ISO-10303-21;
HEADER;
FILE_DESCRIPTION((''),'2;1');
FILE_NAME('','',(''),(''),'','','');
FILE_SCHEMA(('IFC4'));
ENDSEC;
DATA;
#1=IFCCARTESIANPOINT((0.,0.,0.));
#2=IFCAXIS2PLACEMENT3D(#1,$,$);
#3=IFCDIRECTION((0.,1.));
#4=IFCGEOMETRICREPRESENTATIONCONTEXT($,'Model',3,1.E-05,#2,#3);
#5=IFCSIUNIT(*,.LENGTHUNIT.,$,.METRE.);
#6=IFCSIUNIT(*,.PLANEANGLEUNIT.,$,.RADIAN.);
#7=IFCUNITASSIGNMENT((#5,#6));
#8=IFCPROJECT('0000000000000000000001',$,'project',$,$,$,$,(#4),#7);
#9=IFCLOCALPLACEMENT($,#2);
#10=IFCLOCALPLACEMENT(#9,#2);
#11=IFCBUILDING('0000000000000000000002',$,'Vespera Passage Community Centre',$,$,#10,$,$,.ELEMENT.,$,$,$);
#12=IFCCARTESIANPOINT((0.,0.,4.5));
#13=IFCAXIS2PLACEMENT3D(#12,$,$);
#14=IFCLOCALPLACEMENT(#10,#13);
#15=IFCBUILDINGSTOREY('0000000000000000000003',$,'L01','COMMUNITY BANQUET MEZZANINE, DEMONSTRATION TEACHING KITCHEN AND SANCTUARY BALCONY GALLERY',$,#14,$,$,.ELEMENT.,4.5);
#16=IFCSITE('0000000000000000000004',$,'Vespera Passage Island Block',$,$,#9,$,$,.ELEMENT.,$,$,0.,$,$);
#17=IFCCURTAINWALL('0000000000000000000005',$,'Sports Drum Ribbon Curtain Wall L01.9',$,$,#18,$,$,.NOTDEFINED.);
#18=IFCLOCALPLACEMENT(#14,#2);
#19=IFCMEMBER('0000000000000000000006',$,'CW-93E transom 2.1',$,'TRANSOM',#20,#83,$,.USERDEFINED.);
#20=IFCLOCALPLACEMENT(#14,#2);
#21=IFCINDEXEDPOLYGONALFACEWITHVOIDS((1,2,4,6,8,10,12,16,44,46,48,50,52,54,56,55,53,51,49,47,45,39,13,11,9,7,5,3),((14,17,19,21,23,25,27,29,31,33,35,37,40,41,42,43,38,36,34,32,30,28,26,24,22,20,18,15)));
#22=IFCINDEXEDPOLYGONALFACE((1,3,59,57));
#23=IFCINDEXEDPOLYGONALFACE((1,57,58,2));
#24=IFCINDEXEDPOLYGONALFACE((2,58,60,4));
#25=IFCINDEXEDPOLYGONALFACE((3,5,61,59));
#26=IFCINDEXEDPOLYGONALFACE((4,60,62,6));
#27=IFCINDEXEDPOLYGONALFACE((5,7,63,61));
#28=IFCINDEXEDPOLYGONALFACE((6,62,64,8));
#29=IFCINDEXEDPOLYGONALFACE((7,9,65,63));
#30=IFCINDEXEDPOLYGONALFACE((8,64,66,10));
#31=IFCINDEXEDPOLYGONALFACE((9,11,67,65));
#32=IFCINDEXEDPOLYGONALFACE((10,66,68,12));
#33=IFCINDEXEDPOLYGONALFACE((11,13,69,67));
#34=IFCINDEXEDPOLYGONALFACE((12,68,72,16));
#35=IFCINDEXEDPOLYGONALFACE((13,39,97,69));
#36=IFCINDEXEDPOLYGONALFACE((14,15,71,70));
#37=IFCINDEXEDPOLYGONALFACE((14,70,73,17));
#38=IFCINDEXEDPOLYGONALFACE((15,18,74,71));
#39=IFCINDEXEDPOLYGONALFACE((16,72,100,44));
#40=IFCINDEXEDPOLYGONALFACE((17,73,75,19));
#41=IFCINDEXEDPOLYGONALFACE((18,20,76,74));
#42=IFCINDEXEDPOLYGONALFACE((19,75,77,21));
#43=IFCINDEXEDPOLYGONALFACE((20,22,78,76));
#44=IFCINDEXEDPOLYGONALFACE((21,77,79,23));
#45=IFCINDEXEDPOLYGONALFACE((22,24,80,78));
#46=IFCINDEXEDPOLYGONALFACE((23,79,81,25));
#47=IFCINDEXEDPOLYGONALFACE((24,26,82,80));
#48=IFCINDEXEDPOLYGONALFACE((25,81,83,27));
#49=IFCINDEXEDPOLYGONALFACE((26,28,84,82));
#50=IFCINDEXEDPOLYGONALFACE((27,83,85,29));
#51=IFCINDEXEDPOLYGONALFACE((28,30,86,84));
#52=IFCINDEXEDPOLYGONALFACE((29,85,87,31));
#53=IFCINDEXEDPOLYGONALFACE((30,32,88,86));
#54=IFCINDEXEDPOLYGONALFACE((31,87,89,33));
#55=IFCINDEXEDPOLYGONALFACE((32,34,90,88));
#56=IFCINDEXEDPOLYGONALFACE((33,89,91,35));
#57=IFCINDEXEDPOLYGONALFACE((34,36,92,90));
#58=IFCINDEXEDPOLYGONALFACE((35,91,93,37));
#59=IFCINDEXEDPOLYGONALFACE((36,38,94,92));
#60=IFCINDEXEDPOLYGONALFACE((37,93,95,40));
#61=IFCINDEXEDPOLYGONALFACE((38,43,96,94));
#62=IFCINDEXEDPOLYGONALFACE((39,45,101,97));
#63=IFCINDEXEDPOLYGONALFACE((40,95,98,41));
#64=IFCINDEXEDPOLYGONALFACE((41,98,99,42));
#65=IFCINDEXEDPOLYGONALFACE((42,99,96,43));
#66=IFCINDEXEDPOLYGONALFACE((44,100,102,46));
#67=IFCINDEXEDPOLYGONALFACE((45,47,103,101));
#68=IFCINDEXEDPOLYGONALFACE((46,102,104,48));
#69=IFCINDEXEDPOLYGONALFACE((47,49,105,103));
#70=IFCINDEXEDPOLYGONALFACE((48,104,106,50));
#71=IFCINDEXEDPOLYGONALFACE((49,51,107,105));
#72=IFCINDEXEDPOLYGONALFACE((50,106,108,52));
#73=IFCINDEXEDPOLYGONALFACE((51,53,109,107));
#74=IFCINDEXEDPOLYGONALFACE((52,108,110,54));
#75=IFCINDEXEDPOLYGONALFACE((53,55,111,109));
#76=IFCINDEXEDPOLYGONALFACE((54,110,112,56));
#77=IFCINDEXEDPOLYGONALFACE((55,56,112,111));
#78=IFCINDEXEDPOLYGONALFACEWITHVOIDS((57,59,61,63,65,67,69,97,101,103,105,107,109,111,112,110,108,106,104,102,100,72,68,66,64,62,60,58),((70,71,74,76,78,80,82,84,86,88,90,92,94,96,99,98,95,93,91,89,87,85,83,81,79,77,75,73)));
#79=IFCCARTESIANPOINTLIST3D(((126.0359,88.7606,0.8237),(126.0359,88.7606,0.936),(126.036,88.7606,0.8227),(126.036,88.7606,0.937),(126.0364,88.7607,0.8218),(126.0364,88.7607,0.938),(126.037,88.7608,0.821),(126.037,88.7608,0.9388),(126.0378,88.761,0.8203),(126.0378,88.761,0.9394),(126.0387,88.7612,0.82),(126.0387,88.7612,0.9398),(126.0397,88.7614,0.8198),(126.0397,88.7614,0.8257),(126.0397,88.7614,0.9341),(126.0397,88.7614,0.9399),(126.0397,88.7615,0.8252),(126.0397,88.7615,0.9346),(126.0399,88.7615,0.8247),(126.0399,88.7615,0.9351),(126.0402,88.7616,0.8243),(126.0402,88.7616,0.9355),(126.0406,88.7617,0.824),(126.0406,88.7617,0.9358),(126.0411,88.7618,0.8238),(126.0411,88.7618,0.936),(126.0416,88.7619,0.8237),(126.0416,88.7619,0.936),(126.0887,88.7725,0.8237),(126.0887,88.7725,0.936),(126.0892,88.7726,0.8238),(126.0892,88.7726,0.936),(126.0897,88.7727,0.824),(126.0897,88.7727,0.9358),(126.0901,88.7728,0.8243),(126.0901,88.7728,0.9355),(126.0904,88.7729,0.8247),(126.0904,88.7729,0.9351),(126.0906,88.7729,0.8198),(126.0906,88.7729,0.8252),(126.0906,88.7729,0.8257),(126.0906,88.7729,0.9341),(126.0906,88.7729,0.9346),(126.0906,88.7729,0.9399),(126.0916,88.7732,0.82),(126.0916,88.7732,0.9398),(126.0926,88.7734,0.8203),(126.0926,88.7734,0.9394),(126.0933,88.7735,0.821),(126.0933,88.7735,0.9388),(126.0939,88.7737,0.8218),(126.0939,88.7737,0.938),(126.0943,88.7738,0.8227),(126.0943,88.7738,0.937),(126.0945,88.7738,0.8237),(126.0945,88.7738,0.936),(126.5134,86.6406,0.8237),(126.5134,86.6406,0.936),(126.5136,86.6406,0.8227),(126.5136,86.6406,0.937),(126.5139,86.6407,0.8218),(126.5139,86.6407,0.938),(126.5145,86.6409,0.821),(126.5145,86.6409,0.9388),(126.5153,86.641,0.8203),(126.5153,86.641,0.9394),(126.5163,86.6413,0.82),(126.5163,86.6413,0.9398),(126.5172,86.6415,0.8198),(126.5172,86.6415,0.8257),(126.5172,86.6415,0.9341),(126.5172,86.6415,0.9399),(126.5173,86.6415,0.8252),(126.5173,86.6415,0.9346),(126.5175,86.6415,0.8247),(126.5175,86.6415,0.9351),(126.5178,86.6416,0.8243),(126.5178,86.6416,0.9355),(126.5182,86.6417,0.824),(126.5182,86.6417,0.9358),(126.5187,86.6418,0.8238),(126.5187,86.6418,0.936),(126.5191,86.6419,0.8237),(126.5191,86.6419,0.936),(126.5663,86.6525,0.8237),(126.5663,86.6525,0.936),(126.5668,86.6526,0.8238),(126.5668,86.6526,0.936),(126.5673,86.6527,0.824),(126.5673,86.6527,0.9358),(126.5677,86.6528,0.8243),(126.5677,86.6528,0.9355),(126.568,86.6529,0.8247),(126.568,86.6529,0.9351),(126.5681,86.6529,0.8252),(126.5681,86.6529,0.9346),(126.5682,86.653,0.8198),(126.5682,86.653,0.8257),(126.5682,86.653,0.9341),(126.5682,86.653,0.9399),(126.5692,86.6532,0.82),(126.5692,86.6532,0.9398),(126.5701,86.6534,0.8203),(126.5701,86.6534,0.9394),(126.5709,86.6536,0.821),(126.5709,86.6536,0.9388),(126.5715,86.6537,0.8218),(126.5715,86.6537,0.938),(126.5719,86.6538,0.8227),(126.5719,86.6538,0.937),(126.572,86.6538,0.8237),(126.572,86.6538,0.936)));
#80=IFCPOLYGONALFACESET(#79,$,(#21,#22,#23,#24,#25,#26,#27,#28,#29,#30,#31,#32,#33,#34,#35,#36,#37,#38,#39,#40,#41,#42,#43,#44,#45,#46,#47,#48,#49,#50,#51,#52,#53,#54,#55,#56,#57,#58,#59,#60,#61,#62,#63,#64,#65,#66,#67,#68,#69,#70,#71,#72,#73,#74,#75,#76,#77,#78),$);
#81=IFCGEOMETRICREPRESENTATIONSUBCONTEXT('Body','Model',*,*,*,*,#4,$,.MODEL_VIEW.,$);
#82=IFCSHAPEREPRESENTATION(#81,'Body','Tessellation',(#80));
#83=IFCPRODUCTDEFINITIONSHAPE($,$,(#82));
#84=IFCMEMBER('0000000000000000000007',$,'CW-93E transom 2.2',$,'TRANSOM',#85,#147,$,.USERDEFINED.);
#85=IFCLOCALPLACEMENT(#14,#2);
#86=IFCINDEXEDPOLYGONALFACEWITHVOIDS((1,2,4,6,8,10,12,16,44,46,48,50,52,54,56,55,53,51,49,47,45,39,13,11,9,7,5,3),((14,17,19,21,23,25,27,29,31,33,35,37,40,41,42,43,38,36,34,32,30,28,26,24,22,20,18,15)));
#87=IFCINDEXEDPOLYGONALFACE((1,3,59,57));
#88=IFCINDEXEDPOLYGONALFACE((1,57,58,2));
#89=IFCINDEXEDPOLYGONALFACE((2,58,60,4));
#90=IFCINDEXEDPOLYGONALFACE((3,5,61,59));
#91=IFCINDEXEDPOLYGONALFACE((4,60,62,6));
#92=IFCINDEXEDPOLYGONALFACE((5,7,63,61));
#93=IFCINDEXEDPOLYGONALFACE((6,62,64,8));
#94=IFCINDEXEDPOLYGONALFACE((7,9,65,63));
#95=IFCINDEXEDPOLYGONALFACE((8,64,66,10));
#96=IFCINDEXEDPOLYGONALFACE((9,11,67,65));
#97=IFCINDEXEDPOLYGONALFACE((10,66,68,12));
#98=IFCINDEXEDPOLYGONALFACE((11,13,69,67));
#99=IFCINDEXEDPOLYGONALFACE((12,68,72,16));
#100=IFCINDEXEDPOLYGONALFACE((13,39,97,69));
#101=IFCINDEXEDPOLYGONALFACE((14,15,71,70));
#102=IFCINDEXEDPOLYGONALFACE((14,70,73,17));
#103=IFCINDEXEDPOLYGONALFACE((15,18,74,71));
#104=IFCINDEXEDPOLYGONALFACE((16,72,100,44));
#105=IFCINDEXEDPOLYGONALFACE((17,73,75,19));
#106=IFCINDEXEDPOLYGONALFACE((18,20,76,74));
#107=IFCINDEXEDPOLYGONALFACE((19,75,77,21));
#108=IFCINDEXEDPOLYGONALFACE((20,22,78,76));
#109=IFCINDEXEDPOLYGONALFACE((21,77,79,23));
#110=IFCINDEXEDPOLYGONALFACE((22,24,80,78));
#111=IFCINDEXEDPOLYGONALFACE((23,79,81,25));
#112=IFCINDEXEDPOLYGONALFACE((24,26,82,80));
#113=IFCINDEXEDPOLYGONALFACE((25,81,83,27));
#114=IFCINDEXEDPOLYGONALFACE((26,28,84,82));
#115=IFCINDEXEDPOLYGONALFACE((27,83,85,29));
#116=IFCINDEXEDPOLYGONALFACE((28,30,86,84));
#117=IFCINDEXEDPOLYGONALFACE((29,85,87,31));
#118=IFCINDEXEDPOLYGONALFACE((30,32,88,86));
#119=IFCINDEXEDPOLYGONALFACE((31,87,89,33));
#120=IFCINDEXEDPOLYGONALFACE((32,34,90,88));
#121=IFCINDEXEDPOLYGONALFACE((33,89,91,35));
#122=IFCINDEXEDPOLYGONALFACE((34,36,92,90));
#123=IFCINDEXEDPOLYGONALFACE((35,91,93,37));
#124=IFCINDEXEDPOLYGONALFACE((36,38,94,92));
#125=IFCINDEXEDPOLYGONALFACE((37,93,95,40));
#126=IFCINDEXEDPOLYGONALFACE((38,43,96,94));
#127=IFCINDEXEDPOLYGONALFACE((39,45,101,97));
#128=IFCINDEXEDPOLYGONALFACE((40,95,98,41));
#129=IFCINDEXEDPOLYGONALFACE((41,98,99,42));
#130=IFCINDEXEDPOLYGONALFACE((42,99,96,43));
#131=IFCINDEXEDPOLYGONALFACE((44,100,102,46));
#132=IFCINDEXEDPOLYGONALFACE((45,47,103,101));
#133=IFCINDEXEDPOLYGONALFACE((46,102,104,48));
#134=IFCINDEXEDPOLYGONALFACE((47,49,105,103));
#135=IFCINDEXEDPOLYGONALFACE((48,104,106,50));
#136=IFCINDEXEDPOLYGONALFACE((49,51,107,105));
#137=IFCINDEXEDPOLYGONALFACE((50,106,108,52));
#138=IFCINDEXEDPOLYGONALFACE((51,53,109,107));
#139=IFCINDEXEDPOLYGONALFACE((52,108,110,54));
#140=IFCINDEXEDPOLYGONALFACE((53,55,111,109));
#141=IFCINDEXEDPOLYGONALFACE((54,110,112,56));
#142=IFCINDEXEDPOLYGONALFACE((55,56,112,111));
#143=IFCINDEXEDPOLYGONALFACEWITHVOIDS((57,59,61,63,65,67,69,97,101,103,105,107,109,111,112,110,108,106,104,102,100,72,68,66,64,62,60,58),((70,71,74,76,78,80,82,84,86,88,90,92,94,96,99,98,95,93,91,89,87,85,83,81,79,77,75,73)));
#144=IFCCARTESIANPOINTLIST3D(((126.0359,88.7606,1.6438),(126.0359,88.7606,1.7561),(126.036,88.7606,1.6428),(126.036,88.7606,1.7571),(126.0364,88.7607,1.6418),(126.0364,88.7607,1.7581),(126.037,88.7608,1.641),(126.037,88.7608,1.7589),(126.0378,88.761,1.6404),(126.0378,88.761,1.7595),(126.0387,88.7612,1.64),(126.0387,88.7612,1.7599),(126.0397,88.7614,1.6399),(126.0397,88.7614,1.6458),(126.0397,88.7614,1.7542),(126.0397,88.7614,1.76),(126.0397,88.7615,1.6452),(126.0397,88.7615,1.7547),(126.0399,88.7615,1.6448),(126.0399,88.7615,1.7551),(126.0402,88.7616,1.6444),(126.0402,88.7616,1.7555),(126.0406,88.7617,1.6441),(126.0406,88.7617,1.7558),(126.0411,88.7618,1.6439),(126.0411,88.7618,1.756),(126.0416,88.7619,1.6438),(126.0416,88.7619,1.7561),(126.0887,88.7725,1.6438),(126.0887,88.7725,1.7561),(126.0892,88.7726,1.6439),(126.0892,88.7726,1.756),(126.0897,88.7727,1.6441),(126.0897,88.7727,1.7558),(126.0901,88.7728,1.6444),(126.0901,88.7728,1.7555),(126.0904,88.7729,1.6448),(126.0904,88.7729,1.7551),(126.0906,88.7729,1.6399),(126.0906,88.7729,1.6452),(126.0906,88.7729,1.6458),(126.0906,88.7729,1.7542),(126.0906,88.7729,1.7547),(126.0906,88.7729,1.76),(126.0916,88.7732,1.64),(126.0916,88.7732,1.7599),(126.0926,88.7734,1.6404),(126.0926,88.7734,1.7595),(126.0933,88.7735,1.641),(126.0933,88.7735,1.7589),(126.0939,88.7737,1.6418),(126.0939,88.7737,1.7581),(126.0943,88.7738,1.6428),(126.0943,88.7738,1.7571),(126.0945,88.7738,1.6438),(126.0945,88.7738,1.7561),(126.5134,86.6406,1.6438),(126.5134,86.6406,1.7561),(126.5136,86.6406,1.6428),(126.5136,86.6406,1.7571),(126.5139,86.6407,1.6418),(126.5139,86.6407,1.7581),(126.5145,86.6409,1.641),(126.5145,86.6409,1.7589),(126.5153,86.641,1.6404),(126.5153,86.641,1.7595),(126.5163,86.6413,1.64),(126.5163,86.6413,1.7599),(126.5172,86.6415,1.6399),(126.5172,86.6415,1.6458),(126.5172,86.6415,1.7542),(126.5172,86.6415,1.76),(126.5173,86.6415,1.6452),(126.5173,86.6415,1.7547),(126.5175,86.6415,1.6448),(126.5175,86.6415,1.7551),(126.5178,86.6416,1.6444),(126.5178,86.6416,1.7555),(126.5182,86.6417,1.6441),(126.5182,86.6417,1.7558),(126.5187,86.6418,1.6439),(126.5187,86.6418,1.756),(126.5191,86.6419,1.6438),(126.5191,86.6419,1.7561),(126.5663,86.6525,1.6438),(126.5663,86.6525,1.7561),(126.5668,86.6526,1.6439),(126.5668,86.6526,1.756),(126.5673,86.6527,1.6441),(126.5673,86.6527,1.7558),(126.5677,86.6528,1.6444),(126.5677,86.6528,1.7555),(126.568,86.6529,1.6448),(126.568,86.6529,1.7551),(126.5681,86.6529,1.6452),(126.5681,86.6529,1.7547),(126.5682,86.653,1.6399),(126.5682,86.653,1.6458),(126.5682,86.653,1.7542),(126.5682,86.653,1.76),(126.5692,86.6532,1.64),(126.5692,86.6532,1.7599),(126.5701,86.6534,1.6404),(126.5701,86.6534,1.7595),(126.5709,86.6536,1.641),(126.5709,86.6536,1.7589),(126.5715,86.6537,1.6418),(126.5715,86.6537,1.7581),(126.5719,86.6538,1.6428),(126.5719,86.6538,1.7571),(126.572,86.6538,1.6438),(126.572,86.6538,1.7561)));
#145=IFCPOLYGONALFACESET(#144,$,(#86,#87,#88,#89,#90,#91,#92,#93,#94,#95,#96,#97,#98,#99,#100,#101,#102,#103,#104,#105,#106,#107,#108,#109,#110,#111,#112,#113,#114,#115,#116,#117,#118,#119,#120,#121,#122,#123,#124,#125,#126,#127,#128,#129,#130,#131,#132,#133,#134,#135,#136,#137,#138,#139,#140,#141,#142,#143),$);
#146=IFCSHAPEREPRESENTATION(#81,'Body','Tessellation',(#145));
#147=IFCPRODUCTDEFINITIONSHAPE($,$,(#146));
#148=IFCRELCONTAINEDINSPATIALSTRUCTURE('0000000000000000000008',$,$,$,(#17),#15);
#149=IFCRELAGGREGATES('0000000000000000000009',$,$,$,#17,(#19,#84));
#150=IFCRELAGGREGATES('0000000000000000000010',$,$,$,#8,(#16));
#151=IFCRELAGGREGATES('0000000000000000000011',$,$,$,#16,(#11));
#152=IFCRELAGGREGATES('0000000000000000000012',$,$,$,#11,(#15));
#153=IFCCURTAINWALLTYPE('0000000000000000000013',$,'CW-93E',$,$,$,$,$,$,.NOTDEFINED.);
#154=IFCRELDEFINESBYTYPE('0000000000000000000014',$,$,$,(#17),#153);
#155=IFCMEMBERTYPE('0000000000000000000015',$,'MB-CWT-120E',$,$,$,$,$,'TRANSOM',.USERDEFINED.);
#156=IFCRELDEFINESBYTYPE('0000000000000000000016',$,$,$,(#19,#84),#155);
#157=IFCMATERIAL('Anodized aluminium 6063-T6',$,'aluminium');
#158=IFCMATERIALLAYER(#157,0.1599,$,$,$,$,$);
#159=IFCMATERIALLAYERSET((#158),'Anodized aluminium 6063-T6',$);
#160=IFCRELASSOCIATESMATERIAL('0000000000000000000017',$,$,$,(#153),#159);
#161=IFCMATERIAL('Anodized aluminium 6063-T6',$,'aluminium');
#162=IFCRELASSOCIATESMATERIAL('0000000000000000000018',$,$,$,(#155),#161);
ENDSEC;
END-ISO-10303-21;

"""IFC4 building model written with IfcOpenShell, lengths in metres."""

from ifc_helpers import new_model, si_unit, direction, frame, origin, origin_2d, place, context, subcontext, project, spatial, hollow_rectangle, extrude, material, layer, layer_set, material_profile, profile_set, type_object, element, aggregate, save


model = new_model("IFC4")

# Units and contexts
model_context = context("Model", 3, precision=1e-05, world=origin(), true_north=direction((0.0, 1.0)))
body_context = subcontext(model_context, "Body", "Model", "MODEL_VIEW")
ifc_project = project(units=[si_unit("LENGTHUNIT", "METRE"), si_unit("PLANEANGLEUNIT", "RADIAN")], contexts=[model_context])

# Site, building, storey
site_placement = place(None, origin())
site = spatial("IfcSite", under=ifc_project, at=site_placement, Name="Vespera Passage Island Block", CompositionType="ELEMENT", RefElevation=0.0)
building_placement = place(site_placement, origin())
building = spatial("IfcBuilding", under=site, at=building_placement, Name="Vespera Passage Community Centre", CompositionType="ELEMENT")
storey_placement = place(building_placement, frame((0.0, 0.0, 4.5)))
storey = spatial("IfcBuildingStorey", under=building, at=storey_placement, Name="L01", Description="COMMUNITY BANQUET MEZZANINE, DEMONSTRATION TEACHING KITCHEN AND SANCTUARY BALCONY GALLERY", CompositionType="ELEMENT", Elevation=4.5)

# Curtain wall, members
ifc_material_1 = material(Name="Anodized aluminium 6063-T6", Category="aluminium")
ifc_layer_1 = layer(ifc_material_1, 0.1599)
ifc_layer_set_1 = layer_set([ifc_layer_1], Name="Anodized aluminium 6063-T6")
curtain_wall_type = type_object("IfcCurtainWallType", Name="CW-93E", PredefinedType="NOTDEFINED", material=ifc_layer_set_1)
curtain_wall_placement = place(storey_placement, origin())
curtain_wall = element("IfcCurtainWall", 1, at=curtain_wall_placement, inside=storey, type_object=curtain_wall_type, Name="Sports Drum Ribbon Curtain Wall L01.9", PredefinedType="NOTDEFINED")
ifc_material_2 = material(Name="Anodized aluminium 6063-T6", Category="aluminium")
ifc_material_profile_1 = material_profile(ifc_material_2, hollow_rectangle(XDim=0.0601, YDim=0.1201, WallThickness=0.0039, InnerFilletRadius=0.002, OuterFilletRadius=0.0039, at=origin_2d()), Name="ALU120X60X4")
ifc_profile_set_1 = profile_set([ifc_material_profile_1], Name="Anodized aluminium 6063-T6")
member_type_1 = type_object("IfcMemberType", Name="MB-CWT-120E", ElementType="TRANSOM", PredefinedType="USERDEFINED", material=ifc_profile_set_1)
member_1_placement = place(storey_placement, frame((126.5427, 86.6472, 0.8799), z_axis=(-0.219761, 0.975554, 0.0), x_axis=(-0.975554, -0.219761, 0.0)))
member_1 = element("IfcMember", 2, at=member_1_placement, type_object=member_type_1, Name="CW-93E transom 2.1", ObjectType="TRANSOM", PredefinedType="USERDEFINED", context=body_context, shape_type="SweptSolid", body=[
    extrude(hollow_rectangle(XDim=0.0601, YDim=0.1201, WallThickness=0.0039, InnerFilletRadius=0.002, OuterFilletRadius=0.0039, at=origin_2d()), origin(), (0.0, 0.0, 1.0), 2.1731),
])
member_2_placement = place(storey_placement, frame((126.5427, 86.6472, 1.7), z_axis=(-0.219761, 0.975554, 0.0), x_axis=(-0.975554, -0.219761, 0.0)))
member_2 = element("IfcMember", 3, at=member_2_placement, type_object=member_type_1, Name="CW-93E transom 2.2", ObjectType="TRANSOM", PredefinedType="USERDEFINED", context=body_context, shape_type="SweptSolid", body=[
    extrude(hollow_rectangle(XDim=0.0601, YDim=0.1201, WallThickness=0.0039, InnerFilletRadius=0.002, OuterFilletRadius=0.0039, at=origin_2d()), origin(), (0.0, 0.0, 1.0), 2.1731),
])

aggregate(curtain_wall, [member_1, member_2])

save(model, "model.ifc")
